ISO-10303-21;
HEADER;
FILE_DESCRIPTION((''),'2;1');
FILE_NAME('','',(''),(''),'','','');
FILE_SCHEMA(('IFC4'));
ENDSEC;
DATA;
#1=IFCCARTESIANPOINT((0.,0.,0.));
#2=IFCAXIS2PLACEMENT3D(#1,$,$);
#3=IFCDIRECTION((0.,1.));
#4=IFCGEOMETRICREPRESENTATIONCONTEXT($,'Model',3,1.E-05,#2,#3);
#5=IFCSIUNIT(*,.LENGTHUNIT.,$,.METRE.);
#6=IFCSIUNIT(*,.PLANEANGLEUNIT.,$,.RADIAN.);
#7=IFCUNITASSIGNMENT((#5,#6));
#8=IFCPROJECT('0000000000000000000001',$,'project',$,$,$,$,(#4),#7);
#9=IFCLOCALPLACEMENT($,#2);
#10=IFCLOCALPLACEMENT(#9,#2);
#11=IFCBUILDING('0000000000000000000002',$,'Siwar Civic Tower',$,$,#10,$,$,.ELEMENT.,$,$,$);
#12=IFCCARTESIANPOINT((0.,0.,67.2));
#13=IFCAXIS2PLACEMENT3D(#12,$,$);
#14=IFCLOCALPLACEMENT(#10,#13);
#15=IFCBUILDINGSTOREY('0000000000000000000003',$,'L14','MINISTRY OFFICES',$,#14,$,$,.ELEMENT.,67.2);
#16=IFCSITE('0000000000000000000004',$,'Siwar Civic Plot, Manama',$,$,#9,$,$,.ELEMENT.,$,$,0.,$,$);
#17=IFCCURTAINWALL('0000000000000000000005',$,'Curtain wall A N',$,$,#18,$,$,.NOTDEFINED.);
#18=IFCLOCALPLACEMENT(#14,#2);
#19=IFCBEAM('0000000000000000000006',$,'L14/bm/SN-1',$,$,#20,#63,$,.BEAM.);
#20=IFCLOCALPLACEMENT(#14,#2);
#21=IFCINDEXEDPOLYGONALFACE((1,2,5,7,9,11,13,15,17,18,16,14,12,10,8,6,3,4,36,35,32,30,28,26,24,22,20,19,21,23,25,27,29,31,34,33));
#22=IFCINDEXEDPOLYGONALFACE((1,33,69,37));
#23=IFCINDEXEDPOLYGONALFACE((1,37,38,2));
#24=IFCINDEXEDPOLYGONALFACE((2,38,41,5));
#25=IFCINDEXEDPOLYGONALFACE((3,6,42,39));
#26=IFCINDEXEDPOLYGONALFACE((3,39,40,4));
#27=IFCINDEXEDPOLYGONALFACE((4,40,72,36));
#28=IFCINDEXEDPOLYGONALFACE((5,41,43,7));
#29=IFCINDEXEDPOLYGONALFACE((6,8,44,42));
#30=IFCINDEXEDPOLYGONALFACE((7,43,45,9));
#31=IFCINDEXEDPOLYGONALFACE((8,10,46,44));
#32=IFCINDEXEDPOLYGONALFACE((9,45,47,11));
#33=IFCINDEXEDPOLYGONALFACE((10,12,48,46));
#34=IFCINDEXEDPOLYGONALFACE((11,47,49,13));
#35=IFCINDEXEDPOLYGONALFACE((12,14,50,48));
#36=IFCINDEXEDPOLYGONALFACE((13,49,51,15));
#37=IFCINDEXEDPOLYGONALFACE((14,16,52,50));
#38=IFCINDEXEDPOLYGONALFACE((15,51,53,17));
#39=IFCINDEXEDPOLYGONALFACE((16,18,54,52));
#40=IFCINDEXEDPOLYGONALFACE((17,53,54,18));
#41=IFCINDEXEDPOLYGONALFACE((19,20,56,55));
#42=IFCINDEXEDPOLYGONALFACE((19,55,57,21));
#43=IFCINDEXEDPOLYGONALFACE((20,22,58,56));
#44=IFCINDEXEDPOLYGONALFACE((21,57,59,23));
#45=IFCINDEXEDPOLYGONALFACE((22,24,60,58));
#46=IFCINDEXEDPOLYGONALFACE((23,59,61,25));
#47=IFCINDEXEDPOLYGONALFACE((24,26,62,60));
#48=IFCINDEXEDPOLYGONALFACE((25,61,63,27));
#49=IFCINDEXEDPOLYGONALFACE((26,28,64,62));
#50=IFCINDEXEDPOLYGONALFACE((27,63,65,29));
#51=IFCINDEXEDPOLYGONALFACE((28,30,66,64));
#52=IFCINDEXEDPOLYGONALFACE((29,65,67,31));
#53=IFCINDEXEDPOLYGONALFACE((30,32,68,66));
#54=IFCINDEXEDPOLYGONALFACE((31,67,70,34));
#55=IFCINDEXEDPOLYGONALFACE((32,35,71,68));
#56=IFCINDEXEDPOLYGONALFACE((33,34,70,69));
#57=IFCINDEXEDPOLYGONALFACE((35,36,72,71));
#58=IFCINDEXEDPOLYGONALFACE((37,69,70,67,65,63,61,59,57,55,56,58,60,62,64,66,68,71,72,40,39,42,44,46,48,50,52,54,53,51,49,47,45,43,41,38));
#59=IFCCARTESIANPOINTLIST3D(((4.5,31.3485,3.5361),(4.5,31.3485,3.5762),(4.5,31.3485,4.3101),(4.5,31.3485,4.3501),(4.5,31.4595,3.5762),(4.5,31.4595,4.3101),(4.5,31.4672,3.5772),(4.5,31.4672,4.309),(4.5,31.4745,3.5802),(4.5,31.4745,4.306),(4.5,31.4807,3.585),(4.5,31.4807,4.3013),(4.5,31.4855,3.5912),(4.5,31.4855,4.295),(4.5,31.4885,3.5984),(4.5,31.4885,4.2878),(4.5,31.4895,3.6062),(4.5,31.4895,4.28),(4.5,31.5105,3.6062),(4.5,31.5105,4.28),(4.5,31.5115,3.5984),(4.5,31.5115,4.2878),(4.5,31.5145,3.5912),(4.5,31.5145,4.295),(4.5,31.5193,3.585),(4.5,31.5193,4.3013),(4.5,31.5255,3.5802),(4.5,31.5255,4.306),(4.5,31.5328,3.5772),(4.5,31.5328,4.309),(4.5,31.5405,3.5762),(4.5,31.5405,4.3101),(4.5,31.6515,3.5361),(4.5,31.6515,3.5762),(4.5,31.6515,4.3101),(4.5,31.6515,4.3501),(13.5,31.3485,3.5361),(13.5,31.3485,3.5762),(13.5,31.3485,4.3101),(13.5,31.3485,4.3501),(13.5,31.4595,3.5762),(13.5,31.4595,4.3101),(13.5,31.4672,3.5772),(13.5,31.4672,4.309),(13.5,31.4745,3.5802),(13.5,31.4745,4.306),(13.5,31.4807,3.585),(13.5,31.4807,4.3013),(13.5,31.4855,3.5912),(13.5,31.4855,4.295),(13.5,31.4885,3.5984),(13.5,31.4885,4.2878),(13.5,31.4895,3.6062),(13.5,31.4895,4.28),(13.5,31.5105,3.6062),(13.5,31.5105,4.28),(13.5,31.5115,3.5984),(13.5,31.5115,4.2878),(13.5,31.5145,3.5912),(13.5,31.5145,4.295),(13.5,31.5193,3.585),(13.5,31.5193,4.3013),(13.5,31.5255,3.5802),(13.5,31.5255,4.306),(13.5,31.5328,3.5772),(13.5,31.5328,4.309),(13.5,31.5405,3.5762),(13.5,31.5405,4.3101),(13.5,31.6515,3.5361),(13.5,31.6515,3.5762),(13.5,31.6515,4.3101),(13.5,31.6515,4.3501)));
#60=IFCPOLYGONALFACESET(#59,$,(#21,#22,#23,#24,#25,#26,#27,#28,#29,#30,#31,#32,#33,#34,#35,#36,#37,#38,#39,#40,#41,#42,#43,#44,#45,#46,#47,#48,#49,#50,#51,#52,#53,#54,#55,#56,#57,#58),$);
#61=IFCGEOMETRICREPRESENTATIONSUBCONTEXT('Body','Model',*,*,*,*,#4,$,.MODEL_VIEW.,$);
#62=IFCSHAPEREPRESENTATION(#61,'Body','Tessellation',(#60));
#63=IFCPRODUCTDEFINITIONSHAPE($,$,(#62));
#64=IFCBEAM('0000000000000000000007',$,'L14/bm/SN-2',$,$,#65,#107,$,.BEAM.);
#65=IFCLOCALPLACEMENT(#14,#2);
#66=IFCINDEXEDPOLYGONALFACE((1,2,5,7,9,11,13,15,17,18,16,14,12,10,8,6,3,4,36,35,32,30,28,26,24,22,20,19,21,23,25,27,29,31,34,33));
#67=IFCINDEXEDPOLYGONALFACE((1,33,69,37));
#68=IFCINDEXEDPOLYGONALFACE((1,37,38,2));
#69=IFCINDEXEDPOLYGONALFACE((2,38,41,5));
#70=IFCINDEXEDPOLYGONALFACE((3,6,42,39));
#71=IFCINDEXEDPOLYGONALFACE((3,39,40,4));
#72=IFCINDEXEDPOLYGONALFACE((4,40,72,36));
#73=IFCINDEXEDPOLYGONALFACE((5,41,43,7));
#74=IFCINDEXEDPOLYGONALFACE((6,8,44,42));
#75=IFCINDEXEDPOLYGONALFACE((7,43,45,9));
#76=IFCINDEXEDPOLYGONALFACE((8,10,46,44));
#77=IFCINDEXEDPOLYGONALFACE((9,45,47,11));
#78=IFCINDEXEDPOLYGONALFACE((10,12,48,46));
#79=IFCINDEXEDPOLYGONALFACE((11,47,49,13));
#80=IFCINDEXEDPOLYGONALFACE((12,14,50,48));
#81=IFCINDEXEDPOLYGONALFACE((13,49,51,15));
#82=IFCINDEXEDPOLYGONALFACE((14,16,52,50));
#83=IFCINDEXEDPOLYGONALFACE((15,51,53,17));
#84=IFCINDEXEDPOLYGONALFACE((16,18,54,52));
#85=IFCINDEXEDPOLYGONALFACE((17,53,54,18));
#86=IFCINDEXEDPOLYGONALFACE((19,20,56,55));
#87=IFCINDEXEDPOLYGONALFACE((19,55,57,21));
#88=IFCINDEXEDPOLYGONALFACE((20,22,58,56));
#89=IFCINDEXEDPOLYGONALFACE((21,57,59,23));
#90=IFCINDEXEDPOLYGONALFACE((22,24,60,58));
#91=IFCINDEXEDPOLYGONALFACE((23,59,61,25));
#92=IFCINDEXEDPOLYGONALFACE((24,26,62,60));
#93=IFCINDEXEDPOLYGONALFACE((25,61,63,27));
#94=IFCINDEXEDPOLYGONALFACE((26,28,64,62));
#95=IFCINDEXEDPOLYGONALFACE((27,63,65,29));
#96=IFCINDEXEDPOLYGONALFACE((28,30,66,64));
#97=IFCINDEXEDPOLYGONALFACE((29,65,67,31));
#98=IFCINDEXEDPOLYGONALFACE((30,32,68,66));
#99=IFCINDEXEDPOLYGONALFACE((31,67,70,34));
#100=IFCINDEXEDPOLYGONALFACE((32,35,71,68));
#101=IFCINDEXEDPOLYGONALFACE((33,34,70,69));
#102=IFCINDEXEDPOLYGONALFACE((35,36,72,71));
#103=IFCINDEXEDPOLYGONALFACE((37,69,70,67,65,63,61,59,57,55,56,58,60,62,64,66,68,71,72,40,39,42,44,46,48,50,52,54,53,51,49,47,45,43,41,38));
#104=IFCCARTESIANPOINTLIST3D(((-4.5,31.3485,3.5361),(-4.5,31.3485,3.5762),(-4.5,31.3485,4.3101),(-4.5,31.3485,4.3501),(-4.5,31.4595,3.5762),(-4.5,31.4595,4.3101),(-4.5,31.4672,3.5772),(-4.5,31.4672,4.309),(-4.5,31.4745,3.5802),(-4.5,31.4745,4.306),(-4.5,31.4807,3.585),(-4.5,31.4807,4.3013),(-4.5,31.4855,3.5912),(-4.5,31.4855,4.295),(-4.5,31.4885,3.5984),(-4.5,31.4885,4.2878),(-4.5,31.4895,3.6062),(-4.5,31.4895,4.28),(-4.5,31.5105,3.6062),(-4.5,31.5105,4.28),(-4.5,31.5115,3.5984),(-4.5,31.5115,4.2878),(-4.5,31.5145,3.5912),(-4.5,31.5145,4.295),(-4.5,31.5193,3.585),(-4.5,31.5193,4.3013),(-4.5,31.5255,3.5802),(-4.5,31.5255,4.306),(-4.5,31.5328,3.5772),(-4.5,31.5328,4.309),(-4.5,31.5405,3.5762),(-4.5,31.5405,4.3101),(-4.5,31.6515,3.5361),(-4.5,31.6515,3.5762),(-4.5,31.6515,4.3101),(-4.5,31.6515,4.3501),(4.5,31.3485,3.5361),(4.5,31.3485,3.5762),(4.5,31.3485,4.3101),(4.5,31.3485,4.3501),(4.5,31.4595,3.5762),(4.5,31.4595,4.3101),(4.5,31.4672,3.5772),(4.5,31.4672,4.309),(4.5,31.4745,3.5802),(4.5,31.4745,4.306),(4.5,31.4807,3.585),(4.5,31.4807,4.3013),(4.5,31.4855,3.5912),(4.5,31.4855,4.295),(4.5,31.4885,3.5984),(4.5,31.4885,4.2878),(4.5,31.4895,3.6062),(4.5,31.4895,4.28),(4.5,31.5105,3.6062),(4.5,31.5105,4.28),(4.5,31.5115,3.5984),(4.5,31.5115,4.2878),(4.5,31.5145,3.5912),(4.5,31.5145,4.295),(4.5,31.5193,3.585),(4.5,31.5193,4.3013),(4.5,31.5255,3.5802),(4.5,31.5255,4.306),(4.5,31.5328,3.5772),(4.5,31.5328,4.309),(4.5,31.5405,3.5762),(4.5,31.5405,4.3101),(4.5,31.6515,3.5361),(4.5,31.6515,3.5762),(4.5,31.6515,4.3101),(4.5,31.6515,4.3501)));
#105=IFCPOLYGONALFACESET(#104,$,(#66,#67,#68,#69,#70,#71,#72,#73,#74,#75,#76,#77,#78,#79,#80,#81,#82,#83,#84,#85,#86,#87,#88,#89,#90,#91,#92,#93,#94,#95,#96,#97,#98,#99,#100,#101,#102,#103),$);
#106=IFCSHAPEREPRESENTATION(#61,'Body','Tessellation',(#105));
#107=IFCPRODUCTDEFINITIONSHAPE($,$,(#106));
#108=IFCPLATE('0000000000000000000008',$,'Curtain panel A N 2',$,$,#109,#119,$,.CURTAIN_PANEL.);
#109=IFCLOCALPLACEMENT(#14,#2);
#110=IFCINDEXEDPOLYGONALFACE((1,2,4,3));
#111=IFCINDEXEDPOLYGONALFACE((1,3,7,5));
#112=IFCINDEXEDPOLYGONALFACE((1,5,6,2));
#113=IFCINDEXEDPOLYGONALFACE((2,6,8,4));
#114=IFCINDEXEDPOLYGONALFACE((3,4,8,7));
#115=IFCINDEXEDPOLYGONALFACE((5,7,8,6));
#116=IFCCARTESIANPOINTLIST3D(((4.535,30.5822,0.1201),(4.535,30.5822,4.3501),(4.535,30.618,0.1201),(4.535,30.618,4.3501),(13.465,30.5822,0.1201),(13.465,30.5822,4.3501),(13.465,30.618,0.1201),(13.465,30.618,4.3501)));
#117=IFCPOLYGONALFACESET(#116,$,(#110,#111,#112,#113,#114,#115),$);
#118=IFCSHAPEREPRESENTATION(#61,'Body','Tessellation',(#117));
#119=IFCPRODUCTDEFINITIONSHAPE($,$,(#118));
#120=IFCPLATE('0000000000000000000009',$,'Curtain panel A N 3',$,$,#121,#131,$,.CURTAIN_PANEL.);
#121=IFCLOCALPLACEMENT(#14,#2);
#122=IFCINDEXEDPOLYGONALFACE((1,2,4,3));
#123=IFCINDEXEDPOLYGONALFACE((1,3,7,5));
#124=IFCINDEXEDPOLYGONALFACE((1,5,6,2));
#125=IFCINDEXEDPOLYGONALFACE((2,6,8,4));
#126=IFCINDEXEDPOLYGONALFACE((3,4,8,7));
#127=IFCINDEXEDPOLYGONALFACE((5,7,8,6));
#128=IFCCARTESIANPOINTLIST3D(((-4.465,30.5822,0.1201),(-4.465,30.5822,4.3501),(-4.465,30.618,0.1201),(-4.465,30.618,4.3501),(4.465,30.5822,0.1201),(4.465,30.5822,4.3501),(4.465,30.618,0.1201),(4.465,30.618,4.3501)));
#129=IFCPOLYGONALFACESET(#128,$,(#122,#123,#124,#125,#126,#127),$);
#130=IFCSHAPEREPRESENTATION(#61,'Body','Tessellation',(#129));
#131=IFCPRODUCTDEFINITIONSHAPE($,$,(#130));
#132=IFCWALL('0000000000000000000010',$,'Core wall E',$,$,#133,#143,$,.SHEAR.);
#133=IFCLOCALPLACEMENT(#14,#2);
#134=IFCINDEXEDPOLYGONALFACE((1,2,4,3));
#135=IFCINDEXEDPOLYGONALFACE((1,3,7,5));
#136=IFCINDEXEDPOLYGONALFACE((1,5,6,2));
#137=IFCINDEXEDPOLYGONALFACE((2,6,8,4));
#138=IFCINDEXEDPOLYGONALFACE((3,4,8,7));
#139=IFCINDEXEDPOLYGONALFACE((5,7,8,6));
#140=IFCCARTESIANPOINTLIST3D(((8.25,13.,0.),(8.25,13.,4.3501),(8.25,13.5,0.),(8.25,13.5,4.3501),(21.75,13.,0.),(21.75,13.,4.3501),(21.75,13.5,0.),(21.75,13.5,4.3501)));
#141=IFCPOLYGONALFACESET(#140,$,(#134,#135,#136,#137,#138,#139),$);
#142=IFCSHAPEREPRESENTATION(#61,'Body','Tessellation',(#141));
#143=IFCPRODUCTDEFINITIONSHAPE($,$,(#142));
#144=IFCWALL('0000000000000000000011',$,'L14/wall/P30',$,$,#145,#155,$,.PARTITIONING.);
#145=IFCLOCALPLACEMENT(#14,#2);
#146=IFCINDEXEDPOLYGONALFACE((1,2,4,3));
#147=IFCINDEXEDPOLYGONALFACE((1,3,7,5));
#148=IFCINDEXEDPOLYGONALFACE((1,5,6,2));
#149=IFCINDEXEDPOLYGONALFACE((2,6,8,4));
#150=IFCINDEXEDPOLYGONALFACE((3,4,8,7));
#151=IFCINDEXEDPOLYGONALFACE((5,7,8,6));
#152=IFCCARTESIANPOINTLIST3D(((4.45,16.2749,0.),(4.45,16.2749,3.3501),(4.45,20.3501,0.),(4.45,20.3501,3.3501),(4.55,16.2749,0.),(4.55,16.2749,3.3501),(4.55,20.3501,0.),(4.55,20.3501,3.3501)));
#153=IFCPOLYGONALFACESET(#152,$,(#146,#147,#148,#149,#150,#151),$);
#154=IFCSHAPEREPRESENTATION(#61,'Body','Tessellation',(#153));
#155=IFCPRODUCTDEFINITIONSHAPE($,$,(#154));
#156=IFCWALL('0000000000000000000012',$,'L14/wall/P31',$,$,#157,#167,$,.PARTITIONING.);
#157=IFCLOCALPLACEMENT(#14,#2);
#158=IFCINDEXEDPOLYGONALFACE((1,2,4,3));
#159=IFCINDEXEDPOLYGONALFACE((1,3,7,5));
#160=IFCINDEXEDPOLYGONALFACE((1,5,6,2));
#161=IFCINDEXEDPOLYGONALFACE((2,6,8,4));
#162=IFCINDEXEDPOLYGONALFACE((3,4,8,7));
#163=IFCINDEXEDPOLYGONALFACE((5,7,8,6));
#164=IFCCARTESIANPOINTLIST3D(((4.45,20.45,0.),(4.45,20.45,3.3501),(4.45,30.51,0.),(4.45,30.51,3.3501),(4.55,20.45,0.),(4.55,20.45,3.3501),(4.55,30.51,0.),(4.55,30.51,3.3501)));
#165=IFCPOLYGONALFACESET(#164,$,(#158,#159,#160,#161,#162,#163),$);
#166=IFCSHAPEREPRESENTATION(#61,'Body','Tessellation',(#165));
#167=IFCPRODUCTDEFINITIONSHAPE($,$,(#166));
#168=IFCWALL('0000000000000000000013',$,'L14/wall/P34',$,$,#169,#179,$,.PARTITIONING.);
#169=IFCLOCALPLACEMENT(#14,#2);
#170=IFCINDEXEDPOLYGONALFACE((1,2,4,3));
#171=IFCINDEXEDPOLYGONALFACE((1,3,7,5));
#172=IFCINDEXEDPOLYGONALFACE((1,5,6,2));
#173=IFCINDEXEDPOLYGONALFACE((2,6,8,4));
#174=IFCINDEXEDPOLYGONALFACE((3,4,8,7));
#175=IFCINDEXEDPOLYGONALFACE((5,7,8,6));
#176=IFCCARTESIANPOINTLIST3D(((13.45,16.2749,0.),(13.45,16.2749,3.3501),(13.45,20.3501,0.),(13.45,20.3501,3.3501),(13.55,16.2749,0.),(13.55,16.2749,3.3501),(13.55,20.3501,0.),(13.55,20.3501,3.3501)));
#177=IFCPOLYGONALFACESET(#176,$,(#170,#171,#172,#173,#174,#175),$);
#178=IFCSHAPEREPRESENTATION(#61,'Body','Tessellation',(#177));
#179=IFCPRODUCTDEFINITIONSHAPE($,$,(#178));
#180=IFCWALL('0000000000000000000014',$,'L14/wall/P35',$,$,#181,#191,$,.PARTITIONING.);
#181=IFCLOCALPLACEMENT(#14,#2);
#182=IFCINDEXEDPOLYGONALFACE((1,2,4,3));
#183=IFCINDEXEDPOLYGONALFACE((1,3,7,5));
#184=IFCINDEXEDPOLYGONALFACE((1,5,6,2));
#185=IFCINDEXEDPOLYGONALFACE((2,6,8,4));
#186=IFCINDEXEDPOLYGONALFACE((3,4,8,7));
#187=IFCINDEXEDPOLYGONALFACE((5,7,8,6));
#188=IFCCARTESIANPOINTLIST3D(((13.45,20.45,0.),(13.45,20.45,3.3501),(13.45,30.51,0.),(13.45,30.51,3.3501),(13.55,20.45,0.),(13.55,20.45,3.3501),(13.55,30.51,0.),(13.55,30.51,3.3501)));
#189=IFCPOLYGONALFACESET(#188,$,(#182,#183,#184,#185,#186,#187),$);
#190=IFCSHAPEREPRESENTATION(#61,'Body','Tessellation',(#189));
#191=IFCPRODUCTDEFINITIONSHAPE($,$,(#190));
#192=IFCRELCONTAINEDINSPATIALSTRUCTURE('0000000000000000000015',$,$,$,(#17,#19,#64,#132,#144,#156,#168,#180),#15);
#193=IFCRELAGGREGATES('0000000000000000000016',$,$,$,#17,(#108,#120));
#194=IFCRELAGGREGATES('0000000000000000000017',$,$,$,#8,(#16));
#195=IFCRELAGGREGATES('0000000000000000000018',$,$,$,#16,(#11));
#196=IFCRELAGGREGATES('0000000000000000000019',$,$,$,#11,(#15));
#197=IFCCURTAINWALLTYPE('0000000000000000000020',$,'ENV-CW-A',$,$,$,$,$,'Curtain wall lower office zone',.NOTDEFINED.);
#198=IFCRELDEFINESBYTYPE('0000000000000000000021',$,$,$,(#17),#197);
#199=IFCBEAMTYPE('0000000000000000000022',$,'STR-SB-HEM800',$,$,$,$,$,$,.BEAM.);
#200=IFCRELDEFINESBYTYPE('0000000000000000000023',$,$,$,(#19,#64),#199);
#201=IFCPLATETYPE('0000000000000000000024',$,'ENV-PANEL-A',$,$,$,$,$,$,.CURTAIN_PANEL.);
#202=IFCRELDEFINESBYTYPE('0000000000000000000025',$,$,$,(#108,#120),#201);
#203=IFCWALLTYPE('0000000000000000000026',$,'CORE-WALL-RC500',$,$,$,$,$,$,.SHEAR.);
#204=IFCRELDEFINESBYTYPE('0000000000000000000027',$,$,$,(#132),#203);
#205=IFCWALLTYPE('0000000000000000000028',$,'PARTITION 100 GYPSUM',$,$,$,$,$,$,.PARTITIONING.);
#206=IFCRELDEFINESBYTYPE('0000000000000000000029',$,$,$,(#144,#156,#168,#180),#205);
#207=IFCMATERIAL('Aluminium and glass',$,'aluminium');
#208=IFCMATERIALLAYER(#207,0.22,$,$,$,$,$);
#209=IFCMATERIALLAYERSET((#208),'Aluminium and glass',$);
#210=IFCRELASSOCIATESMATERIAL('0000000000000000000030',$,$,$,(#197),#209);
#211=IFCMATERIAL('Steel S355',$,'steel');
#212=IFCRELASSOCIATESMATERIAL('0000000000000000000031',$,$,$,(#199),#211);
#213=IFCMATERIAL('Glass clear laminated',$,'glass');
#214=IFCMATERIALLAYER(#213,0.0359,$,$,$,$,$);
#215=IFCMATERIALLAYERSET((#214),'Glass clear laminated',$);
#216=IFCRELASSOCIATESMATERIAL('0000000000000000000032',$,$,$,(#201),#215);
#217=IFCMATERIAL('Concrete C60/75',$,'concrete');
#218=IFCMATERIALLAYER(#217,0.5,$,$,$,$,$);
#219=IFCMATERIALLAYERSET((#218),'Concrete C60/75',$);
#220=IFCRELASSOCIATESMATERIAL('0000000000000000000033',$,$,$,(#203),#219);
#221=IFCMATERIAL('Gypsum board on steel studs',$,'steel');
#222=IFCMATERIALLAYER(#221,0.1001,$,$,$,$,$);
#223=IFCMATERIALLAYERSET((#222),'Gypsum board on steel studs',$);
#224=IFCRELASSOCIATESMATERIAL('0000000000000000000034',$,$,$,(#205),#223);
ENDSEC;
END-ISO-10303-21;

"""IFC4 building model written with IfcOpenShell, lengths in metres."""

from ifc_helpers import new_model, si_unit, direction, frame, frame_2d, origin, origin_2d, place, context, subcontext, project, spatial, rectangle, i_section, extrude, material, layer, layer_set, material_profile, profile_set, type_object, element, aggregate, save


model = new_model("IFC4")

# Units and contexts
model_context = context("Model", 3, precision=1e-05, world=origin(), true_north=direction((0.0, 1.0)))
body_context = subcontext(model_context, "Body", "Model", "MODEL_VIEW")
ifc_project = project(units=[si_unit("LENGTHUNIT", "METRE"), si_unit("PLANEANGLEUNIT", "RADIAN")], contexts=[model_context])

# Site, building, storey
site_placement = place(None, origin())
site = spatial("IfcSite", under=ifc_project, at=site_placement, Name="Siwar Civic Plot, Manama", CompositionType="ELEMENT", RefElevation=0.0)
building_placement = place(site_placement, origin())
building = spatial("IfcBuilding", under=site, at=building_placement, Name="Siwar Civic Tower", CompositionType="ELEMENT")
storey_placement = place(building_placement, frame((0.0, 0.0, 67.2)))
storey = spatial("IfcBuildingStorey", under=building, at=storey_placement, Name="L14", Description="MINISTRY OFFICES", CompositionType="ELEMENT", Elevation=67.2)

# Curtain wall
ifc_material_1 = material(Name="Aluminium and glass", Category="aluminium")
ifc_layer_1 = layer(ifc_material_1, 0.22)
ifc_layer_set_1 = layer_set([ifc_layer_1], Name="Aluminium and glass")
curtain_wall_type = type_object("IfcCurtainWallType", Name="ENV-CW-A", ElementType="Curtain wall lower office zone", PredefinedType="NOTDEFINED", material=ifc_layer_set_1)
curtain_wall_placement = place(storey_placement, origin())
curtain_wall = element("IfcCurtainWall", 1, at=curtain_wall_placement, inside=storey, type_object=curtain_wall_type, Name="Curtain wall A N", PredefinedType="NOTDEFINED")

# Beams
ifc_material_2 = material(Name="Steel S355", Category="steel")
ifc_material_profile_1 = material_profile(ifc_material_2, i_section(OverallWidth=0.303, OverallDepth=0.814, WebThickness=0.021, FlangeThickness=0.04, FilletRadius=0.03, at=origin_2d()), Name="HEM800")
ifc_profile_set_1 = profile_set([ifc_material_profile_1], Name="Steel S355")
beam_type_1 = type_object("IfcBeamType", Name="STR-SB-HEM800", PredefinedType="BEAM", material=ifc_profile_set_1)
for number, where, z_axis, x_axis, name in (
    (2, (13.5, 31.5, 3.9431), (-1.0, 0.0, 0.0), (0.0, -1.0, 0.0), "L14/bm/SN-1"),
    (3, (4.5, 31.5, 3.9431), (-1.0, 0.0, 0.0), (0.0, -1.0, 0.0), "L14/bm/SN-2"),
):
    element("IfcBeam", number, at=place(storey_placement, frame(where, z_axis=z_axis, x_axis=x_axis)), inside=storey, type_object=beam_type_1, Name=name, PredefinedType="BEAM", context=body_context, shape_type="SweptSolid", body=[
        extrude(i_section(OverallWidth=0.303, OverallDepth=0.814, WebThickness=0.021, FlangeThickness=0.04, FilletRadius=0.03, at=origin_2d()), origin(), (0.0, 0.0, 1.0), 9.0),
    ])

# Plates
ifc_material_3 = material(Name="Glass clear laminated", Category="glass")
ifc_layer_2 = layer(ifc_material_3, 0.0359)
ifc_layer_set_2 = layer_set([ifc_layer_2], Name="Glass clear laminated")
plate_type = type_object("IfcPlateType", Name="ENV-PANEL-A", PredefinedType="CURTAIN_PANEL", material=ifc_layer_set_2)
plate_1_placement = place(storey_placement, frame((9.0, 30.6001, 0.1201), z_axis=(0.0, 0.0, 1.0), x_axis=(-1.0, 0.0, 0.0)))
plate_1 = element("IfcPlate", 4, at=plate_1_placement, type_object=plate_type, Name="Curtain panel A N 2", PredefinedType="CURTAIN_PANEL", context=body_context, shape_type="SweptSolid", body=[
    extrude(rectangle(XDim=8.9299, YDim=0.0359, at=origin_2d()), origin(), (0.0, 0.0, 1.0), 4.23),
])
plate_2_placement = place(storey_placement, frame((0.0, 30.6001, 0.1201), z_axis=(0.0, 0.0, 1.0), x_axis=(-1.0, 0.0, 0.0)))
plate_2 = element("IfcPlate", 5, at=plate_2_placement, type_object=plate_type, Name="Curtain panel A N 3", PredefinedType="CURTAIN_PANEL", context=body_context, shape_type="SweptSolid", body=[
    extrude(rectangle(XDim=8.9299, YDim=0.0359, at=origin_2d()), origin(), (0.0, 0.0, 1.0), 4.23),
])
aggregate(curtain_wall, [plate_1, plate_2])

# Walls
ifc_material_4 = material(Name="Concrete C60/75", Category="concrete")
ifc_layer_3 = layer(ifc_material_4, 0.5)
ifc_layer_set_3 = layer_set([ifc_layer_3], Name="Concrete C60/75")
wall_type_1 = type_object("IfcWallType", Name="CORE-WALL-RC500", PredefinedType="SHEAR", material=ifc_layer_set_3)
wall_1_placement = place(storey_placement, frame((8.25, 13.25, 0.0), z_axis=(0.0, 0.0, 1.0), x_axis=(1.0, 0.0, 0.0)))
element("IfcWall", 6, at=wall_1_placement, inside=storey, type_object=wall_type_1, Name="Core wall E", PredefinedType="SHEAR", context=body_context, shape_type="SweptSolid", body=[
    extrude(rectangle(XDim=13.5, YDim=0.5, at=frame_2d((6.75, 0.0))), origin(), (0.0, 0.0, 1.0), 4.3501),
])
ifc_material_5 = material(Name="Gypsum board on steel studs", Category="steel")
ifc_layer_4 = layer(ifc_material_5, 0.1001)
ifc_layer_set_4 = layer_set([ifc_layer_4], Name="Gypsum board on steel studs")
wall_type_2 = type_object("IfcWallType", Name="PARTITION 100 GYPSUM", PredefinedType="PARTITIONING", material=ifc_layer_set_4)
wall_2_placement = place(storey_placement, frame((4.5, 16.2749, 0.0), z_axis=(0.0, 0.0, 1.0), x_axis=(0.0, 1.0, 0.0)))
element("IfcWall", 7, at=wall_2_placement, inside=storey, type_object=wall_type_2, Name="L14/wall/P30", PredefinedType="PARTITIONING", context=body_context, shape_type="SweptSolid", body=[
    extrude(rectangle(XDim=4.0752, YDim=0.1001, at=frame_2d((2.0376, 0.0))), origin(), (0.0, 0.0, 1.0), 3.3501),
])
wall_3_placement = place(storey_placement, frame((4.5, 20.45, 0.0), z_axis=(0.0, 0.0, 1.0), x_axis=(0.0, 1.0, 0.0)))
element("IfcWall", 8, at=wall_3_placement, inside=storey, type_object=wall_type_2, Name="L14/wall/P31", PredefinedType="PARTITIONING", context=body_context, shape_type="SweptSolid", body=[
    extrude(rectangle(XDim=10.0601, YDim=0.1001, at=frame_2d((5.03, 0.0))), origin(), (0.0, 0.0, 1.0), 3.3501),
])
wall_4_placement = place(storey_placement, frame((13.5, 16.2749, 0.0), z_axis=(0.0, 0.0, 1.0), x_axis=(0.0, 1.0, 0.0)))
element("IfcWall", 9, at=wall_4_placement, inside=storey, type_object=wall_type_2, Name="L14/wall/P34", PredefinedType="PARTITIONING", context=body_context, shape_type="SweptSolid", body=[
    extrude(rectangle(XDim=4.0752, YDim=0.1001, at=frame_2d((2.0376, 0.0))), origin(), (0.0, 0.0, 1.0), 3.3501),
])
wall_5_placement = place(storey_placement, frame((13.5, 20.45, 0.0), z_axis=(0.0, 0.0, 1.0), x_axis=(0.0, 1.0, 0.0)))
element("IfcWall", 10, at=wall_5_placement, inside=storey, type_object=wall_type_2, Name="L14/wall/P35", PredefinedType="PARTITIONING", context=body_context, shape_type="SweptSolid", body=[
    extrude(rectangle(XDim=10.0601, YDim=0.1001, at=frame_2d((5.03, 0.0))), origin(), (0.0, 0.0, 1.0), 3.3501),
])

save(model, "model.ifc")
